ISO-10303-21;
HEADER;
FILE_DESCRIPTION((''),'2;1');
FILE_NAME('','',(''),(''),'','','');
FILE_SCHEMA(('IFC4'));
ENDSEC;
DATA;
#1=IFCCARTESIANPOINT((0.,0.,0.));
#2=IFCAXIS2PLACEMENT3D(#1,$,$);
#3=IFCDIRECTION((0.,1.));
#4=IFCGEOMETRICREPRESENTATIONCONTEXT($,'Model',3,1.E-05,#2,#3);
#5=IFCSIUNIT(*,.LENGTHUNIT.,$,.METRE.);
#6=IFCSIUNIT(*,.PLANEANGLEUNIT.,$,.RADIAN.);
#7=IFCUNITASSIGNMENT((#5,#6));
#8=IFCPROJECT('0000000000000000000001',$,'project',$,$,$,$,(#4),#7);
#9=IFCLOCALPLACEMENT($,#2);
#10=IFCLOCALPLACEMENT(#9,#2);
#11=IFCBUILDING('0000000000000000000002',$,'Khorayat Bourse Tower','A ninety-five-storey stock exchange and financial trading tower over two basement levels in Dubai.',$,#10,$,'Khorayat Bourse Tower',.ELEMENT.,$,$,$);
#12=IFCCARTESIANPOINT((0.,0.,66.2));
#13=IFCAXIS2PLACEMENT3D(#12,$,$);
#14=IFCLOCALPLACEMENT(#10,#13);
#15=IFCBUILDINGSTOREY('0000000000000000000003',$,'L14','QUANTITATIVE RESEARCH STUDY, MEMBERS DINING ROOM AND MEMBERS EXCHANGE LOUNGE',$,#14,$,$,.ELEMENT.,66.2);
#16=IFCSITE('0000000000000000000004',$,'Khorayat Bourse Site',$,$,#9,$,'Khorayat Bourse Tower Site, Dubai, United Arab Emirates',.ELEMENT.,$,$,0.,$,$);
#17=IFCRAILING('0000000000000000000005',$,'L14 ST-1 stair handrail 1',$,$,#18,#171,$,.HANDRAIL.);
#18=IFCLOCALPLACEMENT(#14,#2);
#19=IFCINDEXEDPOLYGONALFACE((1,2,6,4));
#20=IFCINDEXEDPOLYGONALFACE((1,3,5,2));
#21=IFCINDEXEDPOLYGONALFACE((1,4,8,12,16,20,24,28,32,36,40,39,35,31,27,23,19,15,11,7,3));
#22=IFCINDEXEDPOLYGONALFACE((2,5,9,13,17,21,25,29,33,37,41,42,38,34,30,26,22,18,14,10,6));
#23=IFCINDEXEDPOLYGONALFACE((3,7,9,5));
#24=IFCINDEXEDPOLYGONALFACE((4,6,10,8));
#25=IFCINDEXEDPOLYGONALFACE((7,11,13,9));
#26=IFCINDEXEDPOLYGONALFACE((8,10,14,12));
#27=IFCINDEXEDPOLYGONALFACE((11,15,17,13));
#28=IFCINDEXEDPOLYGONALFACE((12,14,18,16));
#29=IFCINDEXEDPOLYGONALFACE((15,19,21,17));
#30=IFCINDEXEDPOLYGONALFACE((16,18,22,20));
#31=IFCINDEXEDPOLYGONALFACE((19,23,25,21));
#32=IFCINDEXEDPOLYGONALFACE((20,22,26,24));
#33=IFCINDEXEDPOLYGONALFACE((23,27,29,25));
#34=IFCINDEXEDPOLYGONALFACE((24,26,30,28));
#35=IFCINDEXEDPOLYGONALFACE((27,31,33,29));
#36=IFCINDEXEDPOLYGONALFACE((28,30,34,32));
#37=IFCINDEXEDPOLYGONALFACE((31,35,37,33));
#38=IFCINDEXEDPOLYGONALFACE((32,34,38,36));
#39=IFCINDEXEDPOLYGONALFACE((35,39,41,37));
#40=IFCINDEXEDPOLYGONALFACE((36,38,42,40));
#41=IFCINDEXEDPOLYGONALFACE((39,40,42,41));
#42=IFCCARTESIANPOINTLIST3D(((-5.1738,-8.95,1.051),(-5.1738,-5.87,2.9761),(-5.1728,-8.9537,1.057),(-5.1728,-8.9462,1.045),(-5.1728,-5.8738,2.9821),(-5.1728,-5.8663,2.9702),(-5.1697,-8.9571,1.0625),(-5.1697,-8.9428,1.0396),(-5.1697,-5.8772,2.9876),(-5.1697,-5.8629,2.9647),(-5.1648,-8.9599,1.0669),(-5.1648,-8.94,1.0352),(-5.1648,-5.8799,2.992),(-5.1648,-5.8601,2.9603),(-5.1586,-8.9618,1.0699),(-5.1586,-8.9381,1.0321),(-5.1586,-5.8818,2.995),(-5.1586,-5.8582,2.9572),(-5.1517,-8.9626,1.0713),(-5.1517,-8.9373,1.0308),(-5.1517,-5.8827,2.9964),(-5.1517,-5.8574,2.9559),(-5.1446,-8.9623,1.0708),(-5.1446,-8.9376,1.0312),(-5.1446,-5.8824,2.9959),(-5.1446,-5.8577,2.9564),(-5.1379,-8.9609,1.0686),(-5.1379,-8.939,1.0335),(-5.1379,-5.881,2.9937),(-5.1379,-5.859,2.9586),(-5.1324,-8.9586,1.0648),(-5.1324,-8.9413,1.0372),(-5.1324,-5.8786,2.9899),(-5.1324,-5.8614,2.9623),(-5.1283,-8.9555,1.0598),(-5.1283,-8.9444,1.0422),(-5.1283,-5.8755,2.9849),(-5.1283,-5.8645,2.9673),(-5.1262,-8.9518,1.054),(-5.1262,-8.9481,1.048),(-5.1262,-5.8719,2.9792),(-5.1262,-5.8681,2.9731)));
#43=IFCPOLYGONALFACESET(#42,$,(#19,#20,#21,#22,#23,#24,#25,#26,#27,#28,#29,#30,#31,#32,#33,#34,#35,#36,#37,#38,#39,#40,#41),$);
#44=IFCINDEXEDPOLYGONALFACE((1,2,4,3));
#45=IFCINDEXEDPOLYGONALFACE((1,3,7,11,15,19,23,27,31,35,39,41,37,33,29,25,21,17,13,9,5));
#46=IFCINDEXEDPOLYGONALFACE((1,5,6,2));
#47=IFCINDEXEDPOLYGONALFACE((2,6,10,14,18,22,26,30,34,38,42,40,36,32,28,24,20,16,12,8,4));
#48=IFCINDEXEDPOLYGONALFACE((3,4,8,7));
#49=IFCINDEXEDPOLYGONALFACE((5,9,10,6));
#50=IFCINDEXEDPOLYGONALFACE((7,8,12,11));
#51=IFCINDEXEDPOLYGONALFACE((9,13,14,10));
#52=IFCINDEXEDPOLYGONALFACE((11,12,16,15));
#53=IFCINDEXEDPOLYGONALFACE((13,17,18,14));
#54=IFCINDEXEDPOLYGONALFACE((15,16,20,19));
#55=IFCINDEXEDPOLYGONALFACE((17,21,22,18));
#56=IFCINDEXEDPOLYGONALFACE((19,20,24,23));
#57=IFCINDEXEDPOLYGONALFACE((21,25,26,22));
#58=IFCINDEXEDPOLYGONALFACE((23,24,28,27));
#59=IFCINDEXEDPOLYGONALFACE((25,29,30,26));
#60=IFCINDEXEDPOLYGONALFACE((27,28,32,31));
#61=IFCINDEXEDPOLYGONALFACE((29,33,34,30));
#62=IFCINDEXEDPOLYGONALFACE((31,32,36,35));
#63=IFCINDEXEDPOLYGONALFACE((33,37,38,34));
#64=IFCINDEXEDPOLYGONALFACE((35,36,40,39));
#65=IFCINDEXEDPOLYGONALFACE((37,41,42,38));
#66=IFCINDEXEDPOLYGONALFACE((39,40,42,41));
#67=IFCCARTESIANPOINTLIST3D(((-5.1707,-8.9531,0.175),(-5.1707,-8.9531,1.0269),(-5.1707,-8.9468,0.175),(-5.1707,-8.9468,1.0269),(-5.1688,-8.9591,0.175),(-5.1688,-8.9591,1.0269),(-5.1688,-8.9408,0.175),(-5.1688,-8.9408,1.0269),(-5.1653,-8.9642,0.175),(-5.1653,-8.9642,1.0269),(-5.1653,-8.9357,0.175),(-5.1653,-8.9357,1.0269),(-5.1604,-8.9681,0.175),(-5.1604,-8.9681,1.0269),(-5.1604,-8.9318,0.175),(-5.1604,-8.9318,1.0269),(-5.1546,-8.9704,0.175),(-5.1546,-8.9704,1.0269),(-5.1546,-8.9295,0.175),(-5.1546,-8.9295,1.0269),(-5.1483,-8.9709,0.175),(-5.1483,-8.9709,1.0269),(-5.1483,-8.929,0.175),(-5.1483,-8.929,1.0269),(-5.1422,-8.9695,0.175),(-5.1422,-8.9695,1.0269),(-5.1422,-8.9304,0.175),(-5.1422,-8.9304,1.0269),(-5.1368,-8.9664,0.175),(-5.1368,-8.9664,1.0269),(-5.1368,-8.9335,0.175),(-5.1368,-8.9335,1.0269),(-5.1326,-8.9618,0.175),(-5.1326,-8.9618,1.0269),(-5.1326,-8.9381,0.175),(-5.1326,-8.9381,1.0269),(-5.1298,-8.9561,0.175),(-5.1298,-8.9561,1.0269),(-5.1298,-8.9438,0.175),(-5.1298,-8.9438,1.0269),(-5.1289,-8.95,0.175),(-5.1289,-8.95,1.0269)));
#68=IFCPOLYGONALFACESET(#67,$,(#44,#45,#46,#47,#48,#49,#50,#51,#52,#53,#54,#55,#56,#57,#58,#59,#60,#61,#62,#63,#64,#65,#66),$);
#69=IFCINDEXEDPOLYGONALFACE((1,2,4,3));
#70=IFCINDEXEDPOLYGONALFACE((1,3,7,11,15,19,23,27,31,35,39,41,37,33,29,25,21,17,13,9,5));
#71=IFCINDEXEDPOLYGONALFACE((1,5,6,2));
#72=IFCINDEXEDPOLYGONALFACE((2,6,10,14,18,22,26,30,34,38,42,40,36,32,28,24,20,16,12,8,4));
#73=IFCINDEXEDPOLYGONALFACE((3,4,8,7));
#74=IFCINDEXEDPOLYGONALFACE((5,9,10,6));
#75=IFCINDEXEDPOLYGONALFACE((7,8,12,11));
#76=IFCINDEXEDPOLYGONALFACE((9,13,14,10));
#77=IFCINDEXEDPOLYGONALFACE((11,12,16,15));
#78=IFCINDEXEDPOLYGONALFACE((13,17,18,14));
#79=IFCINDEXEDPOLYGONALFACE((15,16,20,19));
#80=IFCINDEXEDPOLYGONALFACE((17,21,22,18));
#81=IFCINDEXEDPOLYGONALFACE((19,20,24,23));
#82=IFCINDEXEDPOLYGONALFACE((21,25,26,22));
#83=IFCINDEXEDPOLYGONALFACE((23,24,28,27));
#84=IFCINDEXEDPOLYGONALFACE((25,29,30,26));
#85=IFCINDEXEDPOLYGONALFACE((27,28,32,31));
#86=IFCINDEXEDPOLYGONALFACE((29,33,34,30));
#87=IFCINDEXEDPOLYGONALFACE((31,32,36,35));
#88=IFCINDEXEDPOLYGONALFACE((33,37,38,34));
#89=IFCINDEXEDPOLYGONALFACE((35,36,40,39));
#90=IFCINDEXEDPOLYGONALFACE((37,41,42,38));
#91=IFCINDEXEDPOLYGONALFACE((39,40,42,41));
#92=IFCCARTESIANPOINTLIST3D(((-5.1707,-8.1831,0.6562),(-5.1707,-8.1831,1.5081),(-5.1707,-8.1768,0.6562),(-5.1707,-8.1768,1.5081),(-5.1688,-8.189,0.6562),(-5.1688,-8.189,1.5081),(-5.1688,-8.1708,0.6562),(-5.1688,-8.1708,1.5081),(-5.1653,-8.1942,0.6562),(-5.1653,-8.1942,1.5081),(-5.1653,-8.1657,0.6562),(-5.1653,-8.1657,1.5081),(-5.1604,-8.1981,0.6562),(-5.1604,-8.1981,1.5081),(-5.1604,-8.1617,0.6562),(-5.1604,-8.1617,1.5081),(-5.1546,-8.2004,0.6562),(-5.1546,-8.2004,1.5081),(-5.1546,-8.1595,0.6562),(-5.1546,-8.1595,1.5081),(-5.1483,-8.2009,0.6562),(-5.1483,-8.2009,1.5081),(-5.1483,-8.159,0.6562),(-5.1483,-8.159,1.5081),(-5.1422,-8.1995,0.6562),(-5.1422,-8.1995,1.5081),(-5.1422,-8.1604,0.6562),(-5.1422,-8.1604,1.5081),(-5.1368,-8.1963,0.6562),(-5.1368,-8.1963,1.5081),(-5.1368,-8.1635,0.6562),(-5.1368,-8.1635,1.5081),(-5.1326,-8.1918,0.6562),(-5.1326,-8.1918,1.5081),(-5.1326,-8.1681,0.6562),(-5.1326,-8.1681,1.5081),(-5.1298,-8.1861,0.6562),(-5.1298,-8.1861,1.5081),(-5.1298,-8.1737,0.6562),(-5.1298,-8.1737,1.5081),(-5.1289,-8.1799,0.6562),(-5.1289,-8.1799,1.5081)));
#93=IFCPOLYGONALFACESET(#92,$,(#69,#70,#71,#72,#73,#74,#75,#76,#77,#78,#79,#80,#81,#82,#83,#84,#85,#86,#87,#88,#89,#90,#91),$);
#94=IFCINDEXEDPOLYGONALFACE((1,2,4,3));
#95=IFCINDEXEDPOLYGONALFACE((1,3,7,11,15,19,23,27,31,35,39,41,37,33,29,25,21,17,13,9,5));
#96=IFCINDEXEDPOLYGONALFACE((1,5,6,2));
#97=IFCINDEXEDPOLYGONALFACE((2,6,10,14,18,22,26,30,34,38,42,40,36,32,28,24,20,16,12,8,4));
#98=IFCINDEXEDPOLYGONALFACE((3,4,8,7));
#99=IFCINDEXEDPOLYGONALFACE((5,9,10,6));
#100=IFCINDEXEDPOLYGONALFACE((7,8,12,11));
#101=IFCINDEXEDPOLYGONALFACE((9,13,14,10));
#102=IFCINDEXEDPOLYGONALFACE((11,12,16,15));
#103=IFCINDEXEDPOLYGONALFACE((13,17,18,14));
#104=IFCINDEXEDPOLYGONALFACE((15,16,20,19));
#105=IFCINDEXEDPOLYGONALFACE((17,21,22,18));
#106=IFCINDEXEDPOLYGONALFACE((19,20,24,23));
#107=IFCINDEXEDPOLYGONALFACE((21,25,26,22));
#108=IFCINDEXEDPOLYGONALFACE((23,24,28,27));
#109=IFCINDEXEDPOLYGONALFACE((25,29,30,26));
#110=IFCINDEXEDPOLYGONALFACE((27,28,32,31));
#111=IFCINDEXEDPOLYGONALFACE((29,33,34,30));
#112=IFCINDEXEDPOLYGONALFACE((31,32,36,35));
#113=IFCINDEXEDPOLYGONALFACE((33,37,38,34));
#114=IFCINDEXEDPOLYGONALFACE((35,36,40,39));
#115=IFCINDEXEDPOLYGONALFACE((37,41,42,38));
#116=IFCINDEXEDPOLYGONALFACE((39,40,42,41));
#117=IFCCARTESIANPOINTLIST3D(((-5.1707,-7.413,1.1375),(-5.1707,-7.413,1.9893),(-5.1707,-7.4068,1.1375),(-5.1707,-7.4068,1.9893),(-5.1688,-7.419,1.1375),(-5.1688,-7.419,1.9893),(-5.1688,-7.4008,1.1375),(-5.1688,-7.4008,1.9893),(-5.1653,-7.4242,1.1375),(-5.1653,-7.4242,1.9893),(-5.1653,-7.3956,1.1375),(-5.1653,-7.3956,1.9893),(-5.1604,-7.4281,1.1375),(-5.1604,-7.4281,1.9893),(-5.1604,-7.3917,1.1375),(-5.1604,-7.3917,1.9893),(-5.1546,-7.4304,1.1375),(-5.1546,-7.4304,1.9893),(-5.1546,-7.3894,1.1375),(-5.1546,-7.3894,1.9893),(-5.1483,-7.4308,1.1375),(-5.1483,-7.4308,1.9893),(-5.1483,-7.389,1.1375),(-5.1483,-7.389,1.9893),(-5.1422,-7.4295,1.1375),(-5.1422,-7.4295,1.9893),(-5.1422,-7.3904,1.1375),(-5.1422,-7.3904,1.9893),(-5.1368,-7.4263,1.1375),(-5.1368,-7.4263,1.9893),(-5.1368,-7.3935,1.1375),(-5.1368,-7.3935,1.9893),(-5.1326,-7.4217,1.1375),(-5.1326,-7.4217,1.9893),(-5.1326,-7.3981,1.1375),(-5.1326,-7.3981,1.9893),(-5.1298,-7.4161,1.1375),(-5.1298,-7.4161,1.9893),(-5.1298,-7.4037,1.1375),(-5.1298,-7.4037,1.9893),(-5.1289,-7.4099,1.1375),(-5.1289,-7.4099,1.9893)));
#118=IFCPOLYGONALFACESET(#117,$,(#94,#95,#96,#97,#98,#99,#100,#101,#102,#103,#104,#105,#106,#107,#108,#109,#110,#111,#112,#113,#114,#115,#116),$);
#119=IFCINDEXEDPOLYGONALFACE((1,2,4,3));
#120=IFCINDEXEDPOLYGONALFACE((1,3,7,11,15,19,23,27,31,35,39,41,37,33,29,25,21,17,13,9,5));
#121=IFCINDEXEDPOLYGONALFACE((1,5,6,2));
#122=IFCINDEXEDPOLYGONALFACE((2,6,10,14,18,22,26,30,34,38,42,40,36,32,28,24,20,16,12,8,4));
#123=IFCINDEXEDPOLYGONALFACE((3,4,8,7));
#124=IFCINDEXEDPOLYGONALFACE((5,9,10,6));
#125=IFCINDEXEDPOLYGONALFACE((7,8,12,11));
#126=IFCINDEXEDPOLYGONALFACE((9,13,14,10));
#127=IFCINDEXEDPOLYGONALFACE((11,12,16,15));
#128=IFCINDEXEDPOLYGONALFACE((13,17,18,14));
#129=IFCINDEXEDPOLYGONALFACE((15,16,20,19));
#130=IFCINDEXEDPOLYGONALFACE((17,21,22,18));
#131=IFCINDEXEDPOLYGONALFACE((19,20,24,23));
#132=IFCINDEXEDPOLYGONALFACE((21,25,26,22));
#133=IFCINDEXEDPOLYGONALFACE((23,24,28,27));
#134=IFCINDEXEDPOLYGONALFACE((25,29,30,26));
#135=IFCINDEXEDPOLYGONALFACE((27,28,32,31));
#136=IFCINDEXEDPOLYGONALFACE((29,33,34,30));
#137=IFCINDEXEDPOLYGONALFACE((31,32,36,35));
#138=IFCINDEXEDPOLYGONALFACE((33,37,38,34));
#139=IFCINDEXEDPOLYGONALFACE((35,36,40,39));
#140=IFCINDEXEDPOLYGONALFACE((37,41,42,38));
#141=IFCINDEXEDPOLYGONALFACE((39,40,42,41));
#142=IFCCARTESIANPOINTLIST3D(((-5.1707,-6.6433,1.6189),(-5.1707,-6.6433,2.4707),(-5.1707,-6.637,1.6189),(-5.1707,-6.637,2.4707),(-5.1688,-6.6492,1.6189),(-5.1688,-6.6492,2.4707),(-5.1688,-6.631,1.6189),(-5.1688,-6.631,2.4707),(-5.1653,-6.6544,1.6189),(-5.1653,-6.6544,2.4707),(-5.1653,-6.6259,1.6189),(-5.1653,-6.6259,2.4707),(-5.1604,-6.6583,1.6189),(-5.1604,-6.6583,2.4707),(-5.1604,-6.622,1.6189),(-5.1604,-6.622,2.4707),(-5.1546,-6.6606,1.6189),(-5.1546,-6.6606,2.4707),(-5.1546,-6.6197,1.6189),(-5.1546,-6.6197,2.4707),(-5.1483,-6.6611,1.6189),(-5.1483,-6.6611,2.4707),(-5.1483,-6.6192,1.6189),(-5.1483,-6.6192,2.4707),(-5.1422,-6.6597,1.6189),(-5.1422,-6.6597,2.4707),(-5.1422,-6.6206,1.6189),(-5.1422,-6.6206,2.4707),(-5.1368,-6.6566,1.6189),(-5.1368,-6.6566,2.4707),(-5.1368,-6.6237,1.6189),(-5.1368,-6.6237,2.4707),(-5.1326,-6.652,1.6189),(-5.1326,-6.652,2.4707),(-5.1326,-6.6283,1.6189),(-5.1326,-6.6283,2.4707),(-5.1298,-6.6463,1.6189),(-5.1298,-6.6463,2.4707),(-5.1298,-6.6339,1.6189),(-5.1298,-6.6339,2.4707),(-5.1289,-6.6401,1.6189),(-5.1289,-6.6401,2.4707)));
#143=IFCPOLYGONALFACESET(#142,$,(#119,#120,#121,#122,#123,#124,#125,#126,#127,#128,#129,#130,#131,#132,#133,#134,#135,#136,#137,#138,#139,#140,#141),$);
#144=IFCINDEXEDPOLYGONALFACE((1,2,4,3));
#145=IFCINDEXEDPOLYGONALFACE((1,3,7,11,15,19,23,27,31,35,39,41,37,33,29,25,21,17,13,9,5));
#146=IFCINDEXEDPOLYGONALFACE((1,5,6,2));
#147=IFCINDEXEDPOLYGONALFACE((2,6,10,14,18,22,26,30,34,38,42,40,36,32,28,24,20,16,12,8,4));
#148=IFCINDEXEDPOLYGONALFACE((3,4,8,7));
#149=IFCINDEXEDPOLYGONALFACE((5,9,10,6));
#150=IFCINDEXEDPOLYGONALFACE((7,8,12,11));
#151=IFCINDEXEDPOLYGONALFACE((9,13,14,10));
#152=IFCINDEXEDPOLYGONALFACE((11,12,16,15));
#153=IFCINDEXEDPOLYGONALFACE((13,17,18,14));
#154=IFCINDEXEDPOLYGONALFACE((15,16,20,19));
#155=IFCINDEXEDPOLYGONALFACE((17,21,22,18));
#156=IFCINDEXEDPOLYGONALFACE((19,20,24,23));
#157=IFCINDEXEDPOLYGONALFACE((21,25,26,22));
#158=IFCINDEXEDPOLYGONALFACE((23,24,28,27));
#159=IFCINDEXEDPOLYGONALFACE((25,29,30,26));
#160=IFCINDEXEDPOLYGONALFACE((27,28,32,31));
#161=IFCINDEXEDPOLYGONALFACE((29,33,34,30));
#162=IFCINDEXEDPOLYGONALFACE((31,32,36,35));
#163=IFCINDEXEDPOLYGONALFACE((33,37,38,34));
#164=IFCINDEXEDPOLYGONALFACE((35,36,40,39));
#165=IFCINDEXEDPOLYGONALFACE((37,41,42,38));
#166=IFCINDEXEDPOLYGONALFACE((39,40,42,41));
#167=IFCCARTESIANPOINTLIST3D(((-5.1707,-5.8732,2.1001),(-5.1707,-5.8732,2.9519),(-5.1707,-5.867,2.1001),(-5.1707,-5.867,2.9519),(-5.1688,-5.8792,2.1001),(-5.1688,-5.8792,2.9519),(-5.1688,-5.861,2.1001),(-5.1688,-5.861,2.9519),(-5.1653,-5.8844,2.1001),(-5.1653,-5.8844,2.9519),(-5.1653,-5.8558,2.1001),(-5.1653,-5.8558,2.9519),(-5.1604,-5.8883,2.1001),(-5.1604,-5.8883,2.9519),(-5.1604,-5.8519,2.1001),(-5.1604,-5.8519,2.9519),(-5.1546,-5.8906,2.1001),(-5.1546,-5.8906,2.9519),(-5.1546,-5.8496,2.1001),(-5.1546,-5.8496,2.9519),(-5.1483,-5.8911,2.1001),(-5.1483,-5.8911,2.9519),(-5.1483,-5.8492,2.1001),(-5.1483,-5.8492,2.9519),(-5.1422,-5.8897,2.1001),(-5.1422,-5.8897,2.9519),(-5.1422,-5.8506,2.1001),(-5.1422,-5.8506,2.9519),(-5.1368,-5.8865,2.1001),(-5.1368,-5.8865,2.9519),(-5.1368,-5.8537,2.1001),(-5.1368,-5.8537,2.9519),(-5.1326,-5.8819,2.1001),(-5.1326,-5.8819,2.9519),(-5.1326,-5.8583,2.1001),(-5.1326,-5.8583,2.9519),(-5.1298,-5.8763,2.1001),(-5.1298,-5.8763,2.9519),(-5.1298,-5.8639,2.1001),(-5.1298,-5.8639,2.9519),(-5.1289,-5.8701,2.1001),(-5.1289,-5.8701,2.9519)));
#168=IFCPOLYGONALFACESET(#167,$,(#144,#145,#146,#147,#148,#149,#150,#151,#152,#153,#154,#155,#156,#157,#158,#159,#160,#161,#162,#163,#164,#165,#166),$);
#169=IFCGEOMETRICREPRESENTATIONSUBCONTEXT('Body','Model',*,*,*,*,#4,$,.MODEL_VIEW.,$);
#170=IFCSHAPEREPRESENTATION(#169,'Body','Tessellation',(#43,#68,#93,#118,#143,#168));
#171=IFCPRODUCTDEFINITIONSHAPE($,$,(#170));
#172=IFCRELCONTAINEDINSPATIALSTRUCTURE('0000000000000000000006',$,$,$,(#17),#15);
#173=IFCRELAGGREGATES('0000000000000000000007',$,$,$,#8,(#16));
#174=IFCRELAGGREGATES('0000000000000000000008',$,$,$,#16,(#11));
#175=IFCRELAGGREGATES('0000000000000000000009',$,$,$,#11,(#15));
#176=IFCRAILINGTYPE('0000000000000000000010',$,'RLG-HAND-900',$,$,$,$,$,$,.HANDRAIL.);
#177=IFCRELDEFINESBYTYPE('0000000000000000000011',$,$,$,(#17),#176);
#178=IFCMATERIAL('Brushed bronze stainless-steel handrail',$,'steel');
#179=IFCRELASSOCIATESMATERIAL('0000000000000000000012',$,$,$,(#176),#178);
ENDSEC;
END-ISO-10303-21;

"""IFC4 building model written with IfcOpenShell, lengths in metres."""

from ifc_helpers import new_model, si_unit, direction, frame, origin, origin_2d, place, context, subcontext, project, spatial, circle, extrude, source, transform, mapped, material, type_object, element, save


model = new_model("IFC4")

# Units and contexts
model_context = context("Model", 3, precision=1e-05, world=origin(), true_north=direction((0.0, 1.0)))
body_context = subcontext(model_context, "Body", "Model", "MODEL_VIEW")
ifc_project = project(units=[si_unit("LENGTHUNIT", "METRE"), si_unit("PLANEANGLEUNIT", "RADIAN")], contexts=[model_context])

# Site, building, storey
site_placement = place(None, origin())
site = spatial("IfcSite", under=ifc_project, at=site_placement, Name="Khorayat Bourse Site", LongName="Khorayat Bourse Tower Site, Dubai, United Arab Emirates", CompositionType="ELEMENT", RefElevation=0.0)
building_placement = place(site_placement, origin())
building = spatial("IfcBuilding", under=site, at=building_placement, Name="Khorayat Bourse Tower", Description="A ninety-five-storey stock exchange and financial trading tower over two basement levels in Dubai.", LongName="Khorayat Bourse Tower", CompositionType="ELEMENT")
storey_placement = place(building_placement, frame((0.0, 0.0, 66.2)))
storey = spatial("IfcBuildingStorey", under=building, at=storey_placement, Name="L14", Description="QUANTITATIVE RESEARCH STUDY, MEMBERS DINING ROOM AND MEMBERS EXCHANGE LOUNGE", CompositionType="ELEMENT", Elevation=66.2)

# Railing
ifc_material_1 = material(Name="Brushed bronze stainless-steel handrail", Category="steel")
railing_type_1 = type_object("IfcRailingType", Name="RLG-HAND-900", PredefinedType="HANDRAIL", material=ifc_material_1)
shared_shape_1 = source(origin(), body_context, "Body", "SweptSolid", [
    extrude(circle(Radius=0.0239, at=origin_2d()), frame((0.0, 0.0, 0.876), z_axis=(0.0, 0.847979, 0.530029), x_axis=(-1.0, 0.0, 0.0)), (0.0, 0.0, 1.0), 3.6321),
    extrude(circle(Radius=0.021, at=origin_2d()), origin(), (0.0, 0.0, 1.0), 0.8518),
    extrude(circle(Radius=0.021, at=origin_2d()), frame((0.0, 0.77, 0.4812)), (0.0, 0.0, 1.0), 0.8518),
    extrude(circle(Radius=0.021, at=origin_2d()), frame((0.0, 1.54, 0.9624)), (0.0, 0.0, 1.0), 0.8518),
    extrude(circle(Radius=0.021, at=origin_2d()), frame((0.0, 2.3098, 1.4438)), (0.0, 0.0, 1.0), 0.8518),
    extrude(circle(Radius=0.021, at=origin_2d()), frame((0.0, 3.0798, 1.925)), (0.0, 0.0, 1.0), 0.8518),
])
railing_1_placement = place(storey_placement, frame((-5.1499, -8.95, 0.175)))
element("IfcRailing", 1, at=railing_1_placement, inside=storey, type_object=railing_type_1, Name="L14 ST-1 stair handrail 1", PredefinedType="HANDRAIL", context=body_context, shape_type="MappedRepresentation", body=[
    mapped(shared_shape_1, transform((0.0, 0.0, 0.0), scale=1.0)),
])

save(model, "model.ifc")
